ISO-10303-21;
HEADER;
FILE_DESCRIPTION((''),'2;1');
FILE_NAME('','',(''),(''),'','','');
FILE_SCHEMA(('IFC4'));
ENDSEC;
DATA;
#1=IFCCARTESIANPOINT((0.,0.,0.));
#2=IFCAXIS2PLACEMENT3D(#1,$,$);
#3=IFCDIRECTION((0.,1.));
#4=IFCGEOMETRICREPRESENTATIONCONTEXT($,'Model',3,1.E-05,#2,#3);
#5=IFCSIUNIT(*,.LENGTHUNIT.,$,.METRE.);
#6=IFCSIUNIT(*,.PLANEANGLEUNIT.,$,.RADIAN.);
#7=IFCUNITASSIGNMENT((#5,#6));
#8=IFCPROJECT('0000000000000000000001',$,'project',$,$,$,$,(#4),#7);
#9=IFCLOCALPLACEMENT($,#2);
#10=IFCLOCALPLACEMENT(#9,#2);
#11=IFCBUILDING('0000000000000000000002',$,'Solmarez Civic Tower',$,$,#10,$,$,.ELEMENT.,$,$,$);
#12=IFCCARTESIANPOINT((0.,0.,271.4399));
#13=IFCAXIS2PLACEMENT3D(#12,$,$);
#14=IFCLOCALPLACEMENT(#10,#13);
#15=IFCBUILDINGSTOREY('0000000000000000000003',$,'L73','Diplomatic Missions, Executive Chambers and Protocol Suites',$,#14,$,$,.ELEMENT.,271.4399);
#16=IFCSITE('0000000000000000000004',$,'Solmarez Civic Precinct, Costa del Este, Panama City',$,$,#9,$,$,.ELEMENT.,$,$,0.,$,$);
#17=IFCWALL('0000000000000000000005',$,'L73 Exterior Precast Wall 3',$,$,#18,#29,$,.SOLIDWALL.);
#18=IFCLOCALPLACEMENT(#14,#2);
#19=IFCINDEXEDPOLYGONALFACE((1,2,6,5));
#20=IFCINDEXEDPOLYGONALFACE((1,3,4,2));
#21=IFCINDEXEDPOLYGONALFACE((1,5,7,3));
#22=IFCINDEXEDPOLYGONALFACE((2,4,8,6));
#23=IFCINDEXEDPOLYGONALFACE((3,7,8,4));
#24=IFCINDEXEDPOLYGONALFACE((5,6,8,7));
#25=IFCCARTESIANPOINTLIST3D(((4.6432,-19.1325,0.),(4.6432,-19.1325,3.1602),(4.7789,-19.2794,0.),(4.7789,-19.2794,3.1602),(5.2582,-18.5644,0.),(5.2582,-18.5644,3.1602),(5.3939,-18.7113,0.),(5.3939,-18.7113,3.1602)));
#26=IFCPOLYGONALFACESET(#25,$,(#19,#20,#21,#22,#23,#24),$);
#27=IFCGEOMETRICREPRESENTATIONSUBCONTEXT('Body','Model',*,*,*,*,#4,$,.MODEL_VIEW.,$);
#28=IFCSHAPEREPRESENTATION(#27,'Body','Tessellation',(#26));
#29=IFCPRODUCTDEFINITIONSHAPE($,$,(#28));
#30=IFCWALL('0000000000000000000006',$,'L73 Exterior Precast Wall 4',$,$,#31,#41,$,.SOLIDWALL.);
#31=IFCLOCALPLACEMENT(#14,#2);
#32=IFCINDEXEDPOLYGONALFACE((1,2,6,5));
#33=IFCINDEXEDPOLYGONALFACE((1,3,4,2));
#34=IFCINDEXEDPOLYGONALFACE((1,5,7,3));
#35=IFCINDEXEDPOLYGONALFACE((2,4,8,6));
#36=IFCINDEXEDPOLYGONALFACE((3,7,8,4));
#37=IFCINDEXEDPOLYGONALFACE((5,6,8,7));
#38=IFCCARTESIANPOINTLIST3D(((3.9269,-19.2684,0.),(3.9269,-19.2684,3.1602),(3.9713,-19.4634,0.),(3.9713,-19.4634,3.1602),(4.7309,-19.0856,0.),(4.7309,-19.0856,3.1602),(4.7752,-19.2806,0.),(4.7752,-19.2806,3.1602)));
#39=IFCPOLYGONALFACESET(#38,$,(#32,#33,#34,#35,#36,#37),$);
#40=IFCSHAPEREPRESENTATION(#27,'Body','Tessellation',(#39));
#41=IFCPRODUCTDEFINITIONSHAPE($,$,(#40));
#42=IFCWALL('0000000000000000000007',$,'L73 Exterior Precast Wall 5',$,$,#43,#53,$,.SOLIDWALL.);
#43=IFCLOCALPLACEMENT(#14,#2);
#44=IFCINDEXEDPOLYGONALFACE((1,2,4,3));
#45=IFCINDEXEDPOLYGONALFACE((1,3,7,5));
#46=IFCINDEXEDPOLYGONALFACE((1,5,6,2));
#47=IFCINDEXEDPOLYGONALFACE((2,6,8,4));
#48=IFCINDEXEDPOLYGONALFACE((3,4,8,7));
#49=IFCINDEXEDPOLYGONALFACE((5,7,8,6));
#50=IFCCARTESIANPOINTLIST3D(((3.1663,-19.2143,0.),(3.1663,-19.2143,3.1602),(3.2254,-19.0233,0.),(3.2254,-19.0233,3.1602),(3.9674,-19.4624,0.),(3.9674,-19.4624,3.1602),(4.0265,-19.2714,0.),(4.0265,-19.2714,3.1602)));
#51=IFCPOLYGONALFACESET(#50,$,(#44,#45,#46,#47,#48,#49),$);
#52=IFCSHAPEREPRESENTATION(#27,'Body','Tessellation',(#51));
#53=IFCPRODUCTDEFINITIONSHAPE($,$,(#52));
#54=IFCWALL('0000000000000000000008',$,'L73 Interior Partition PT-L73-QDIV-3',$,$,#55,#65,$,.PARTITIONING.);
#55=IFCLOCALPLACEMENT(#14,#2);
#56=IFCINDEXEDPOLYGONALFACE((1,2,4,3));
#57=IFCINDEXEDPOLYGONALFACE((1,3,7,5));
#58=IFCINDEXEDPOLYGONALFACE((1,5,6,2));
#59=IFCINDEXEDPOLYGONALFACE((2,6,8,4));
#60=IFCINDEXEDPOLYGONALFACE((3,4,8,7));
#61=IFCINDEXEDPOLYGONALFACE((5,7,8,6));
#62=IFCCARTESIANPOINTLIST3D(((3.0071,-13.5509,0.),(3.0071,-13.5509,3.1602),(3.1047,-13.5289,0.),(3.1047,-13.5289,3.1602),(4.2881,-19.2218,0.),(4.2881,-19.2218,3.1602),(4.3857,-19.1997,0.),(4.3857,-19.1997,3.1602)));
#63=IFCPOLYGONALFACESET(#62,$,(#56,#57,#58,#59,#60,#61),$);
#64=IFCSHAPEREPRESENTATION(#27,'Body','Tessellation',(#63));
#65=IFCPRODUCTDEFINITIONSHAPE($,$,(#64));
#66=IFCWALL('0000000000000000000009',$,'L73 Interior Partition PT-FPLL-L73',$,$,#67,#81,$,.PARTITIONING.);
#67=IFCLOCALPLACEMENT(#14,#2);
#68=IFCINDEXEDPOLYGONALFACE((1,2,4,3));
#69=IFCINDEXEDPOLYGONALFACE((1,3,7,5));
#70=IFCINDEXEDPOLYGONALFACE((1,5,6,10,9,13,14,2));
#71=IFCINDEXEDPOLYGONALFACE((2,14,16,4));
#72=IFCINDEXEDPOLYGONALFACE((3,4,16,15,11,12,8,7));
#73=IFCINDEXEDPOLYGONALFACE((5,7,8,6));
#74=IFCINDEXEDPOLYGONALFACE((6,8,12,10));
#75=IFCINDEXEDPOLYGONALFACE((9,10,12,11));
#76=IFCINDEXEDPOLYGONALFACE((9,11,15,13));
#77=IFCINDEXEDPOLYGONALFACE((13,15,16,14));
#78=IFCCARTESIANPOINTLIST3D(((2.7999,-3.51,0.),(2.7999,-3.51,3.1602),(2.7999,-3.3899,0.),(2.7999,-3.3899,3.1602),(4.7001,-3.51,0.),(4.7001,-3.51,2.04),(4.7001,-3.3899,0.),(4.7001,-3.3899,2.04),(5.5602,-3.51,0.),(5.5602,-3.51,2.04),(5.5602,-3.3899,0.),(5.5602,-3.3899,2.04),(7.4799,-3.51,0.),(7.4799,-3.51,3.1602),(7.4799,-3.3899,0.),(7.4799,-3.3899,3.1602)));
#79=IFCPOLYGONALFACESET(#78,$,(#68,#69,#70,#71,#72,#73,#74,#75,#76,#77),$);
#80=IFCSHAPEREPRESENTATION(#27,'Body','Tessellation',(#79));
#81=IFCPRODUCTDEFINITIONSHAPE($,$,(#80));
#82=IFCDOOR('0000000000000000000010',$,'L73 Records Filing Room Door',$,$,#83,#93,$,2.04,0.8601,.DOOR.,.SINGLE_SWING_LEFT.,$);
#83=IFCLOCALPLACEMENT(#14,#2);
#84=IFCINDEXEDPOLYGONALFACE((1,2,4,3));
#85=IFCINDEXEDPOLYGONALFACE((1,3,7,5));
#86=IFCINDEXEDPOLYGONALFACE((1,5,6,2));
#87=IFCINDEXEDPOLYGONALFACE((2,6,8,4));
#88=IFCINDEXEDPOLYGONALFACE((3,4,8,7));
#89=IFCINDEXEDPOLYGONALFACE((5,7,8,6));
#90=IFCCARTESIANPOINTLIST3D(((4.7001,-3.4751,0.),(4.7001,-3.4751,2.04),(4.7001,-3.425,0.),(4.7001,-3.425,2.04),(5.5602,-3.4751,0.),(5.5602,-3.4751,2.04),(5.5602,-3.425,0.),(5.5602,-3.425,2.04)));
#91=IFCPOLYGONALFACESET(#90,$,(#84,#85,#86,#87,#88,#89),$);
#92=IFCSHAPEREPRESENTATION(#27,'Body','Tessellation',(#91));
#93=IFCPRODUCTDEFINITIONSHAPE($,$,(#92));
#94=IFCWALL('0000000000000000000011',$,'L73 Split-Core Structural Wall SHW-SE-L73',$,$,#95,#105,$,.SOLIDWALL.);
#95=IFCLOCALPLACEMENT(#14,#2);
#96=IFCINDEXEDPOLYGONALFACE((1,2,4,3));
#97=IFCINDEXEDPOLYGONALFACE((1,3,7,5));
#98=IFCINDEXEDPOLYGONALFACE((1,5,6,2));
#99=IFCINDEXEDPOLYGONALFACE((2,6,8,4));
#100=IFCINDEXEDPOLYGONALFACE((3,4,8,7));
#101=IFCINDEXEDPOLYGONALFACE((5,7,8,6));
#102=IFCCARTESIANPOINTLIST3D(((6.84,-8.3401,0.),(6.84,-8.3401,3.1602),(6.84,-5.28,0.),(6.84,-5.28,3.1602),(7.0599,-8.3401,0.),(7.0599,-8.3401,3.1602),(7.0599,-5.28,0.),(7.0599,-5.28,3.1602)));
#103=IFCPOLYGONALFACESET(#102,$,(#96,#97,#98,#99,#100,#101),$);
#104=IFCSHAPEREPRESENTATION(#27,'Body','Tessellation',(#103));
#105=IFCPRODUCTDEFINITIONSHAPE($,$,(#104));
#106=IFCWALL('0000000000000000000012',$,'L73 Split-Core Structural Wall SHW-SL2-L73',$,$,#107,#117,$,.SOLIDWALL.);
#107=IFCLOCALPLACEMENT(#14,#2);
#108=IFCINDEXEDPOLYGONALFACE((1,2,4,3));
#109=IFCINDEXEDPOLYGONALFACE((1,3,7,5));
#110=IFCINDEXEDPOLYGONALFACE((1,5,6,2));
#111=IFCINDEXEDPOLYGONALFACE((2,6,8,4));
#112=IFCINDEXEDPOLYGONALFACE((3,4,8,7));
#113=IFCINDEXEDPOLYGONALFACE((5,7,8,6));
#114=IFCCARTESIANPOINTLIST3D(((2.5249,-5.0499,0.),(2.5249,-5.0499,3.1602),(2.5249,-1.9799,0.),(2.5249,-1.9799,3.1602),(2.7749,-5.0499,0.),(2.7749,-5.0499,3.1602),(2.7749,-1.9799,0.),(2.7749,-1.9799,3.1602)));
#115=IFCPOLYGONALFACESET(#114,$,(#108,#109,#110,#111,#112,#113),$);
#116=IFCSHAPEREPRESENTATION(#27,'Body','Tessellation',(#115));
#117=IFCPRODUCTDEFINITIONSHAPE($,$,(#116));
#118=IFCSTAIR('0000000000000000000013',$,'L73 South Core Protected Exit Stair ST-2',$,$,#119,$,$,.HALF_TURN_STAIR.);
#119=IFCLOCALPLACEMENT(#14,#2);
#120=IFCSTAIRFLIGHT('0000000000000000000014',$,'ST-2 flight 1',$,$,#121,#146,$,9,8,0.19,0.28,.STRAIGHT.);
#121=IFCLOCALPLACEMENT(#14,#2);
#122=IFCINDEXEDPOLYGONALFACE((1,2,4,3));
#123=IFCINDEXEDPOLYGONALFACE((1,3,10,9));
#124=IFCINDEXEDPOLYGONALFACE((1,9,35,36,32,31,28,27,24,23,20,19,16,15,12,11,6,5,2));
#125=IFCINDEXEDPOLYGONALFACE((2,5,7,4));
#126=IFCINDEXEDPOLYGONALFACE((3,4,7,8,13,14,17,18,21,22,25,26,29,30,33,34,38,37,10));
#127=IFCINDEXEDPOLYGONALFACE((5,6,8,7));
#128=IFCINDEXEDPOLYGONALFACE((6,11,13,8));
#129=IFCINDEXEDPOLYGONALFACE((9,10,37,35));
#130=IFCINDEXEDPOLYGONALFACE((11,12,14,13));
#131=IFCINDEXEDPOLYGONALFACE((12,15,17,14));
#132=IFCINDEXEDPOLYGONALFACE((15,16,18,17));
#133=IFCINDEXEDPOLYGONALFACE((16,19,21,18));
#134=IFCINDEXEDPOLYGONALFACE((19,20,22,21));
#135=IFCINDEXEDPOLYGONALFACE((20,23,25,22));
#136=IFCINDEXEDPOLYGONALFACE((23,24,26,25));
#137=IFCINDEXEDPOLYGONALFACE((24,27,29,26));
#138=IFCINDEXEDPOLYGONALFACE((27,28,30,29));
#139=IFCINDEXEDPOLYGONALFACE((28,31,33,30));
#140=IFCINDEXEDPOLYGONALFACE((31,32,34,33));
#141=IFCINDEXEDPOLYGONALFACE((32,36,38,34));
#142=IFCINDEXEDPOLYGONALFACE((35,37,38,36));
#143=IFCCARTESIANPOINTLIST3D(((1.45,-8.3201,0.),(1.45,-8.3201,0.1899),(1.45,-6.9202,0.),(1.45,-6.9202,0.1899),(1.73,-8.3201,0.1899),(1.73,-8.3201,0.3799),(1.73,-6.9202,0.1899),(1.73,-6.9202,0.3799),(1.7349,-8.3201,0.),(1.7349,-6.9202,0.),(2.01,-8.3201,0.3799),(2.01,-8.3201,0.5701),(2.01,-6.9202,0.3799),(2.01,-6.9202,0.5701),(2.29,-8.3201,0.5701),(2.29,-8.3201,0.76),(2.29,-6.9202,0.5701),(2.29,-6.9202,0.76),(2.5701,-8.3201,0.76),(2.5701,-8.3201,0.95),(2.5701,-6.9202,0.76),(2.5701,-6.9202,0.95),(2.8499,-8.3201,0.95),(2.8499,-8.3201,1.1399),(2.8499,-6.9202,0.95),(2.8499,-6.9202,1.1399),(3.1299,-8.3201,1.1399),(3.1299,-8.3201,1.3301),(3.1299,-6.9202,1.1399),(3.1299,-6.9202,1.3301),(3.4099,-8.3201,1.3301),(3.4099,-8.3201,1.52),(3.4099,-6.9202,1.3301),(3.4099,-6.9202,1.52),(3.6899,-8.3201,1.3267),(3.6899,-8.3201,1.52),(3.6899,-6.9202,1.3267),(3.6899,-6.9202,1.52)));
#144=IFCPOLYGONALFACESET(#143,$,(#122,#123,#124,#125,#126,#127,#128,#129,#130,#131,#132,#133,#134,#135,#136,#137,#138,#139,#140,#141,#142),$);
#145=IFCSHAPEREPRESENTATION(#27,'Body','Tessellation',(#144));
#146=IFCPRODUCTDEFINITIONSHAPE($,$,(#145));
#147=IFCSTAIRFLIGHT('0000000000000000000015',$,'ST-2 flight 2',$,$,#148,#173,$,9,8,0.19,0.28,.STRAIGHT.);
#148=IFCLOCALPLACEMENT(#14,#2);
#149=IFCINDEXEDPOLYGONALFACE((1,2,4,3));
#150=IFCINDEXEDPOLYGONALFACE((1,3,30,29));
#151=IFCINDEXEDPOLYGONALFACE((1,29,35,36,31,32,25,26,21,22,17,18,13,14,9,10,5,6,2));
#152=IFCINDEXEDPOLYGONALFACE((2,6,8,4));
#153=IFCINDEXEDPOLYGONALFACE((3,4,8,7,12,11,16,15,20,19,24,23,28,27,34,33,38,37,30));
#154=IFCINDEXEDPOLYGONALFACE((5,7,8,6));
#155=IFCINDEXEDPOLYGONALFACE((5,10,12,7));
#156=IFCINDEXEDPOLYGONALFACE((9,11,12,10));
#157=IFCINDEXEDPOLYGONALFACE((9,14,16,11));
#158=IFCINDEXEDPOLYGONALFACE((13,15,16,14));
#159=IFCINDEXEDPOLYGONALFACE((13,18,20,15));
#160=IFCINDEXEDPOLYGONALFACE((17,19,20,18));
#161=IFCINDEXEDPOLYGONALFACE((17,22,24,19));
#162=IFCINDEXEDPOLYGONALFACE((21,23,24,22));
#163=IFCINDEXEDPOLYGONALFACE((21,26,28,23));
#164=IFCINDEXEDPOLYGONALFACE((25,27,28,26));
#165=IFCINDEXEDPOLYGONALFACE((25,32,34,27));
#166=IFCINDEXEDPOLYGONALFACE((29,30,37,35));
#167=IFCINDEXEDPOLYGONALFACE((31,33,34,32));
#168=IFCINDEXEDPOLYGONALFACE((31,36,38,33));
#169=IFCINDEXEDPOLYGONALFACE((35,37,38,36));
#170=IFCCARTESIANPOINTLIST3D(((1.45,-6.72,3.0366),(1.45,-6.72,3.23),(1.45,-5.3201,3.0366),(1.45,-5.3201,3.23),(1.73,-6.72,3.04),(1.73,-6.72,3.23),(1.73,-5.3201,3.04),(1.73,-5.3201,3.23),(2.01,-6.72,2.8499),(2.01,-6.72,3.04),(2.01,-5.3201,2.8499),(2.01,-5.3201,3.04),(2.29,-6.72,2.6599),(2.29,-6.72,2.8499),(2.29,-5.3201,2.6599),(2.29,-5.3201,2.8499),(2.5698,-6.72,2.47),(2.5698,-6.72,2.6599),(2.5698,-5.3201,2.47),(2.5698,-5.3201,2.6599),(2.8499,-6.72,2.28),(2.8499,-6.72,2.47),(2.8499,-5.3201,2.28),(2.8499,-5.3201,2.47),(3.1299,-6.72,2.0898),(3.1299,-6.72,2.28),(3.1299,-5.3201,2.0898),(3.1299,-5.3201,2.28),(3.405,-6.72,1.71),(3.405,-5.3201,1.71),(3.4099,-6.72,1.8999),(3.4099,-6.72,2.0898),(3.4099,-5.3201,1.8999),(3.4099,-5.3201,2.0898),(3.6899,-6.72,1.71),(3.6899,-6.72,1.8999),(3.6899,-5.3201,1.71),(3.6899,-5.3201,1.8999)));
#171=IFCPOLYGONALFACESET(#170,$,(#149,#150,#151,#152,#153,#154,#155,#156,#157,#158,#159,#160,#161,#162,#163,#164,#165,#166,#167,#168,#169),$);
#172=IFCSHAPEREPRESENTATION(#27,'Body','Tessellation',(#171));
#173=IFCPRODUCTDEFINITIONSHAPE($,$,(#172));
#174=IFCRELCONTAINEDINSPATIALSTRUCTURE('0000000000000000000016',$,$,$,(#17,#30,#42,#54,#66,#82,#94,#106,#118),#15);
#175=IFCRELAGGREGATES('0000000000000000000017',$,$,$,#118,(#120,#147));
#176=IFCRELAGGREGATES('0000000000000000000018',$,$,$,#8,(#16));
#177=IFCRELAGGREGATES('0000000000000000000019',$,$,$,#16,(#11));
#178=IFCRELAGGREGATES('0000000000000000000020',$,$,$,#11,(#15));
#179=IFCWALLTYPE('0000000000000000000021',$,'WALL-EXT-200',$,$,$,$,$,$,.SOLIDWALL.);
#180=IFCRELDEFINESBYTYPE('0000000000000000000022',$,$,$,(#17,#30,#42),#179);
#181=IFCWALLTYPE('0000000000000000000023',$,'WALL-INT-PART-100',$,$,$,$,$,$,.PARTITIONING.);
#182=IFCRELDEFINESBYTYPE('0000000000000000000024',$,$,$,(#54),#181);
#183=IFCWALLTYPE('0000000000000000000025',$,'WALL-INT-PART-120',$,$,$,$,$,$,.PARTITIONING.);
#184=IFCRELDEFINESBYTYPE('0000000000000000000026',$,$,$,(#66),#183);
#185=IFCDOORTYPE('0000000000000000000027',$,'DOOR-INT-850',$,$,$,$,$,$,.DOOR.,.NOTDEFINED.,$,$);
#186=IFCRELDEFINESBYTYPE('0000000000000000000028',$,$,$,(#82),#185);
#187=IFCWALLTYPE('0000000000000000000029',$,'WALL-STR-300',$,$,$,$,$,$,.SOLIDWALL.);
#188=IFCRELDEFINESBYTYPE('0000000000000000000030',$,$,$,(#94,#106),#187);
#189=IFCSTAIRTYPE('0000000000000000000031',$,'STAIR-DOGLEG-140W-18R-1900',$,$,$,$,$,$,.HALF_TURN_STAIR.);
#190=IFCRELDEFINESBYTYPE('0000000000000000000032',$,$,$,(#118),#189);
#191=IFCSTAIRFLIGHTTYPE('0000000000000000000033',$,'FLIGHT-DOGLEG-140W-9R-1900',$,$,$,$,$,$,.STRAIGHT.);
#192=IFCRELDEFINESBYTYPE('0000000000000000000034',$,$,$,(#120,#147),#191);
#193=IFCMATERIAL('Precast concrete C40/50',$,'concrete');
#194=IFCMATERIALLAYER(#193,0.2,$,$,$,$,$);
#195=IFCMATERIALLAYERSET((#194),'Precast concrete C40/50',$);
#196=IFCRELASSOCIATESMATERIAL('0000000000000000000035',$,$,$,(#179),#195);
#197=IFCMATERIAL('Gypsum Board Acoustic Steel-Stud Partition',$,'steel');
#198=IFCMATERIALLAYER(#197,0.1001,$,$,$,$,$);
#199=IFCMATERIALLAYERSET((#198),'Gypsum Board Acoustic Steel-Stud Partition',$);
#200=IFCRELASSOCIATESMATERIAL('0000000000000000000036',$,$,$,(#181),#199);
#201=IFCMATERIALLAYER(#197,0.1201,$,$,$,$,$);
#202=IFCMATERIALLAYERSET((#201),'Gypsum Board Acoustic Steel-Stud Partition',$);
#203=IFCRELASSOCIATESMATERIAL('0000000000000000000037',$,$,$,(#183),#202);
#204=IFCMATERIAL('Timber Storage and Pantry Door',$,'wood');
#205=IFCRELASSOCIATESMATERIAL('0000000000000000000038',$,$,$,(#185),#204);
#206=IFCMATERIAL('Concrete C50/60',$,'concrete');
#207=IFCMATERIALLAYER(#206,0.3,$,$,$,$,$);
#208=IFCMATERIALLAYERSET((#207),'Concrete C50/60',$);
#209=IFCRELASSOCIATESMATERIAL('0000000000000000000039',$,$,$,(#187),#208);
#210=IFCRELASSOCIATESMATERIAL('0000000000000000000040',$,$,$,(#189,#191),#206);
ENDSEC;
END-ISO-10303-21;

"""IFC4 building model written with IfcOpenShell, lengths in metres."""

from ifc_helpers import new_model, si_unit, direction, frame, frame_2d, origin, place, context, subcontext, project, spatial, polyline, rectangle, outline, extrude, material, layer, layer_set, type_object, element, fill, aggregate, save


model = new_model("IFC4")

# Units and contexts
model_context = context("Model", 3, precision=1e-05, world=origin(), true_north=direction((0.0, 1.0)))
body_context = subcontext(model_context, "Body", "Model", "MODEL_VIEW")
ifc_project = project(units=[si_unit("LENGTHUNIT", "METRE"), si_unit("PLANEANGLEUNIT", "RADIAN")], contexts=[model_context])

# Site, building, storey
site_placement = place(None, origin())
site = spatial("IfcSite", under=ifc_project, at=site_placement, Name="Solmarez Civic Precinct, Costa del Este, Panama City", CompositionType="ELEMENT", RefElevation=0.0)
building_placement = place(site_placement, origin())
building = spatial("IfcBuilding", under=site, at=building_placement, Name="Solmarez Civic Tower", CompositionType="ELEMENT")
storey_placement = place(building_placement, frame((0.0, 0.0, 271.4399)))
storey = spatial("IfcBuildingStorey", under=building, at=storey_placement, Name="L73", Description="Diplomatic Missions, Executive Chambers and Protocol Suites", CompositionType="ELEMENT", Elevation=271.4399)

# Shared definitions
ifc_material_1 = material(Name="Concrete C50/60", Category="concrete")

# Walls
ifc_material_2 = material(Name="Precast concrete C40/50", Category="concrete")
ifc_layer_1 = layer(ifc_material_2, 0.2)
ifc_layer_set_1 = layer_set([ifc_layer_1], Name="Precast concrete C40/50")
wall_type_1 = type_object("IfcWallType", Name="WALL-EXT-200", PredefinedType="SOLIDWALL", material=ifc_layer_set_1)
wall_1_placement = place(storey_placement, frame((5.3259, -18.6379, 0.0), z_axis=(0.0, 0.0, 1.0), x_axis=(-0.734546, -0.678559, 0.0)))
element("IfcWall", 1, at=wall_1_placement, inside=storey, type_object=wall_type_1, Name="L73 Exterior Precast Wall 3", PredefinedType="SOLIDWALL", context=body_context, shape_type="SweptSolid", body=[
    extrude(rectangle(XDim=0.8372, YDim=0.2, at=frame_2d((0.4185, 0.0))), origin(), (0.0, 0.0, 1.0), 3.1602),
])
wall_2_placement = place(storey_placement, frame((4.7529, -19.1831, 0.0), z_axis=(0.0, 0.0, 1.0), x_axis=(-0.975095, -0.221787, 0.0)))
element("IfcWall", 2, at=wall_2_placement, inside=storey, type_object=wall_type_1, Name="L73 Exterior Precast Wall 4", PredefinedType="SOLIDWALL", context=body_context, shape_type="SweptSolid", body=[
    extrude(rectangle(XDim=0.8245, YDim=0.2, at=frame_2d((0.4121, 0.0))), origin(), (0.0, 0.0, 1.0), 3.1602),
])
wall_3_placement = place(storey_placement, frame((3.9971, -19.3669, 0.0), z_axis=(0.0, 0.0, 1.0), x_axis=(-0.955249, 0.295804, 0.0)))
element("IfcWall", 3, at=wall_3_placement, inside=storey, type_object=wall_type_1, Name="L73 Exterior Precast Wall 5", PredefinedType="SOLIDWALL", context=body_context, shape_type="SweptSolid", body=[
    extrude(rectangle(XDim=0.8386, YDim=0.2, at=frame_2d((0.4194, 0.0))), origin(), (0.0, 0.0, 1.0), 3.1602),
])
ifc_material_3 = material(Name="Gypsum Board Acoustic Steel-Stud Partition", Category="steel")
ifc_layer_2 = layer(ifc_material_3, 0.1001)
ifc_layer_set_2 = layer_set([ifc_layer_2], Name="Gypsum Board Acoustic Steel-Stud Partition")
wall_type_2 = type_object("IfcWallType", Name="WALL-INT-PART-100", PredefinedType="PARTITIONING", material=ifc_layer_set_2)
wall_4_placement = place(storey_placement, frame((3.0559, -13.54, 0.0), z_axis=(0.0, 0.0, 1.0), x_axis=(0.220339, -0.975423, 0.0)))
element("IfcWall", 4, at=wall_4_placement, inside=storey, type_object=wall_type_2, Name="L73 Interior Partition PT-L73-QDIV-3", PredefinedType="PARTITIONING", context=body_context, shape_type="SweptSolid", body=[
    extrude(rectangle(XDim=5.8137, YDim=0.1001, at=frame_2d((2.9067, 0.0))), origin(), (0.0, 0.0, 1.0), 3.1602),
])

# Wall, opening, door
ifc_layer_3 = layer(ifc_material_3, 0.1201)
ifc_layer_set_3 = layer_set([ifc_layer_3], Name="Gypsum Board Acoustic Steel-Stud Partition")
wall_type_3 = type_object("IfcWallType", Name="WALL-INT-PART-120", PredefinedType="PARTITIONING", material=ifc_layer_set_3)
wall_5_placement = place(storey_placement, frame((2.8, -3.45, 0.0), z_axis=(0.0, 0.0, 1.0), x_axis=(1.0, 0.0, 0.0)))
wall_5 = element("IfcWall", 5, at=wall_5_placement, inside=storey, type_object=wall_type_3, Name="L73 Interior Partition PT-FPLL-L73", PredefinedType="PARTITIONING", context=body_context, shape_type="SweptSolid", body=[
    extrude(rectangle(XDim=4.6799, YDim=0.1201, at=frame_2d((2.3398, 0.0))), origin(), (0.0, 0.0, 1.0), 3.1602),
])
opening_placement = place(wall_5_placement, frame((1.8999, 0.0, 0.0)))
opening = element("IfcOpeningElement", 6, at=opening_placement, cuts=wall_5, PredefinedType="OPENING", context=body_context, shape_type="SweptSolid", body=[
    extrude(rectangle(XDim=0.8601, YDim=2.04, at=frame_2d((0.4302, 1.02))), frame((0.0, 0.0701, 0.0), z_axis=(0.0, -1.0, 0.0), x_axis=(1.0, 0.0, 0.0)), (0.0, 0.0, 1.0), 0.1401),
])
ifc_material_4 = material(Name="Timber Storage and Pantry Door", Category="wood")
door_type = type_object("IfcDoorType", Name="DOOR-INT-850", OperationType="NOTDEFINED", PredefinedType="DOOR", material=ifc_material_4)
door_placement = place(opening_placement, origin())
door = element("IfcDoor", 7, at=door_placement, inside=storey, type_object=door_type, Name="L73 Records Filing Room Door", OperationType="SINGLE_SWING_LEFT", OverallHeight=2.04, OverallWidth=0.8601, PredefinedType="DOOR", context=body_context, shape_type="SweptSolid", body=[
    extrude(rectangle(XDim=0.8601, YDim=2.04, at=frame_2d((0.4302, 1.02))), frame((0.0, 0.0249, 0.0), z_axis=(0.0, -1.0, 0.0), x_axis=(1.0, 0.0, 0.0)), (0.0, 0.0, 1.0), 0.05),
])
fill(opening, door)

# Walls
ifc_layer_4 = layer(ifc_material_1, 0.3)
ifc_layer_set_4 = layer_set([ifc_layer_4], Name="Concrete C50/60")
wall_type_4 = type_object("IfcWallType", Name="WALL-STR-300", PredefinedType="SOLIDWALL", material=ifc_layer_set_4)
wall_6_placement = place(storey_placement, frame((6.95, -8.3401, 0.0), z_axis=(0.0, 0.0, 1.0), x_axis=(0.0, 1.0, 0.0)))
element("IfcWall", 8, at=wall_6_placement, inside=storey, type_object=wall_type_4, Name="L73 Split-Core Structural Wall SHW-SE-L73", PredefinedType="SOLIDWALL", context=body_context, shape_type="SweptSolid", body=[
    extrude(rectangle(XDim=3.0601, YDim=0.22, at=frame_2d((1.53, 0.0))), origin(), (0.0, 0.0, 1.0), 3.1602),
])
wall_7_placement = place(storey_placement, frame((2.6499, -5.05, 0.0), z_axis=(0.0, 0.0, 1.0), x_axis=(0.0, 1.0, 0.0)))
element("IfcWall", 9, at=wall_7_placement, inside=storey, type_object=wall_type_4, Name="L73 Split-Core Structural Wall SHW-SL2-L73", PredefinedType="SOLIDWALL", context=body_context, shape_type="SweptSolid", body=[
    extrude(rectangle(XDim=3.0701, YDim=0.25, at=frame_2d((1.5352, 0.0))), origin(), (0.0, 0.0, 1.0), 3.1602),
])

# Stair, stair flights
stair_type = type_object("IfcStairType", Name="STAIR-DOGLEG-140W-18R-1900", PredefinedType="HALF_TURN_STAIR", material=ifc_material_1)
stair_placement = place(storey_placement, origin())
stair = element("IfcStair", 10, at=stair_placement, inside=storey, type_object=stair_type, Name="L73 South Core Protected Exit Stair ST-2", PredefinedType="HALF_TURN_STAIR")
stair_flight_type = type_object("IfcStairFlightType", Name="FLIGHT-DOGLEG-140W-9R-1900", PredefinedType="STRAIGHT", material=ifc_material_1)
stair_flight_1_placement = place(storey_placement, frame((1.45, -7.6201, 0.0), z_axis=(0.0, 0.0, 1.0), x_axis=(1.0, 0.0, 0.0)))
stair_flight_1 = element("IfcStairFlight", 11, at=stair_flight_1_placement, type_object=stair_flight_type, Name="ST-2 flight 1", NumberOfRisers=9, NumberOfTreads=8, PredefinedType="STRAIGHT", RiserHeight=0.19, TreadLength=0.28, context=body_context, shape_type="SweptSolid", body=[
    extrude(outline(polyline([(0.0, 0.0), (0.0, 0.1899), (0.28, 0.1899), (0.28, 0.3799), (0.5601, 0.3799), (0.5601, 0.5701), (0.8401, 0.5701), (0.8401, 0.76), (1.1201, 0.76), (1.1201, 0.95), (1.3999, 0.95), (1.3999, 1.1399), (1.6799, 1.1399), (1.6799, 1.3301), (1.96, 1.3301), (1.96, 1.52), (2.24, 1.52), (2.24, 1.71), (2.24, 1.3267), (0.2849, 0.0), (0.0, 0.0)])), frame((0.0, 0.7, 0.0), z_axis=(0.0, -1.0, 0.0), x_axis=(1.0, 0.0, 0.0)), (0.0, 0.0, 1.0), 1.3999),
])
stair_flight_2_placement = place(storey_placement, frame((3.6899, -6.02, 1.71), z_axis=(0.0, 0.0, 1.0), x_axis=(-1.0, 0.0, 0.0)))
stair_flight_2 = element("IfcStairFlight", 12, at=stair_flight_2_placement, type_object=stair_flight_type, Name="ST-2 flight 2", NumberOfRisers=9, NumberOfTreads=8, PredefinedType="STRAIGHT", RiserHeight=0.19, TreadLength=0.28, context=body_context, shape_type="SweptSolid", body=[
    extrude(outline(polyline([(0.0, 0.0), (0.0, 0.1899), (0.28, 0.1899), (0.28, 0.3799), (0.5601, 0.3799), (0.5601, 0.5701), (0.8401, 0.5701), (0.8401, 0.76), (1.1201, 0.76), (1.1201, 0.95), (1.3999, 0.95), (1.3999, 1.1399), (1.6799, 1.1399), (1.6799, 1.3301), (1.96, 1.3301), (1.96, 1.52), (2.24, 1.52), (2.24, 1.71), (2.24, 1.3267), (0.2849, 0.0), (0.0, 0.0)])), frame((0.0, 0.7, 0.0), z_axis=(0.0, -1.0, 0.0), x_axis=(1.0, 0.0, 0.0)), (0.0, 0.0, 1.0), 1.3999),
])
aggregate(stair, [stair_flight_1, stair_flight_2])

save(model, "model.ifc")
